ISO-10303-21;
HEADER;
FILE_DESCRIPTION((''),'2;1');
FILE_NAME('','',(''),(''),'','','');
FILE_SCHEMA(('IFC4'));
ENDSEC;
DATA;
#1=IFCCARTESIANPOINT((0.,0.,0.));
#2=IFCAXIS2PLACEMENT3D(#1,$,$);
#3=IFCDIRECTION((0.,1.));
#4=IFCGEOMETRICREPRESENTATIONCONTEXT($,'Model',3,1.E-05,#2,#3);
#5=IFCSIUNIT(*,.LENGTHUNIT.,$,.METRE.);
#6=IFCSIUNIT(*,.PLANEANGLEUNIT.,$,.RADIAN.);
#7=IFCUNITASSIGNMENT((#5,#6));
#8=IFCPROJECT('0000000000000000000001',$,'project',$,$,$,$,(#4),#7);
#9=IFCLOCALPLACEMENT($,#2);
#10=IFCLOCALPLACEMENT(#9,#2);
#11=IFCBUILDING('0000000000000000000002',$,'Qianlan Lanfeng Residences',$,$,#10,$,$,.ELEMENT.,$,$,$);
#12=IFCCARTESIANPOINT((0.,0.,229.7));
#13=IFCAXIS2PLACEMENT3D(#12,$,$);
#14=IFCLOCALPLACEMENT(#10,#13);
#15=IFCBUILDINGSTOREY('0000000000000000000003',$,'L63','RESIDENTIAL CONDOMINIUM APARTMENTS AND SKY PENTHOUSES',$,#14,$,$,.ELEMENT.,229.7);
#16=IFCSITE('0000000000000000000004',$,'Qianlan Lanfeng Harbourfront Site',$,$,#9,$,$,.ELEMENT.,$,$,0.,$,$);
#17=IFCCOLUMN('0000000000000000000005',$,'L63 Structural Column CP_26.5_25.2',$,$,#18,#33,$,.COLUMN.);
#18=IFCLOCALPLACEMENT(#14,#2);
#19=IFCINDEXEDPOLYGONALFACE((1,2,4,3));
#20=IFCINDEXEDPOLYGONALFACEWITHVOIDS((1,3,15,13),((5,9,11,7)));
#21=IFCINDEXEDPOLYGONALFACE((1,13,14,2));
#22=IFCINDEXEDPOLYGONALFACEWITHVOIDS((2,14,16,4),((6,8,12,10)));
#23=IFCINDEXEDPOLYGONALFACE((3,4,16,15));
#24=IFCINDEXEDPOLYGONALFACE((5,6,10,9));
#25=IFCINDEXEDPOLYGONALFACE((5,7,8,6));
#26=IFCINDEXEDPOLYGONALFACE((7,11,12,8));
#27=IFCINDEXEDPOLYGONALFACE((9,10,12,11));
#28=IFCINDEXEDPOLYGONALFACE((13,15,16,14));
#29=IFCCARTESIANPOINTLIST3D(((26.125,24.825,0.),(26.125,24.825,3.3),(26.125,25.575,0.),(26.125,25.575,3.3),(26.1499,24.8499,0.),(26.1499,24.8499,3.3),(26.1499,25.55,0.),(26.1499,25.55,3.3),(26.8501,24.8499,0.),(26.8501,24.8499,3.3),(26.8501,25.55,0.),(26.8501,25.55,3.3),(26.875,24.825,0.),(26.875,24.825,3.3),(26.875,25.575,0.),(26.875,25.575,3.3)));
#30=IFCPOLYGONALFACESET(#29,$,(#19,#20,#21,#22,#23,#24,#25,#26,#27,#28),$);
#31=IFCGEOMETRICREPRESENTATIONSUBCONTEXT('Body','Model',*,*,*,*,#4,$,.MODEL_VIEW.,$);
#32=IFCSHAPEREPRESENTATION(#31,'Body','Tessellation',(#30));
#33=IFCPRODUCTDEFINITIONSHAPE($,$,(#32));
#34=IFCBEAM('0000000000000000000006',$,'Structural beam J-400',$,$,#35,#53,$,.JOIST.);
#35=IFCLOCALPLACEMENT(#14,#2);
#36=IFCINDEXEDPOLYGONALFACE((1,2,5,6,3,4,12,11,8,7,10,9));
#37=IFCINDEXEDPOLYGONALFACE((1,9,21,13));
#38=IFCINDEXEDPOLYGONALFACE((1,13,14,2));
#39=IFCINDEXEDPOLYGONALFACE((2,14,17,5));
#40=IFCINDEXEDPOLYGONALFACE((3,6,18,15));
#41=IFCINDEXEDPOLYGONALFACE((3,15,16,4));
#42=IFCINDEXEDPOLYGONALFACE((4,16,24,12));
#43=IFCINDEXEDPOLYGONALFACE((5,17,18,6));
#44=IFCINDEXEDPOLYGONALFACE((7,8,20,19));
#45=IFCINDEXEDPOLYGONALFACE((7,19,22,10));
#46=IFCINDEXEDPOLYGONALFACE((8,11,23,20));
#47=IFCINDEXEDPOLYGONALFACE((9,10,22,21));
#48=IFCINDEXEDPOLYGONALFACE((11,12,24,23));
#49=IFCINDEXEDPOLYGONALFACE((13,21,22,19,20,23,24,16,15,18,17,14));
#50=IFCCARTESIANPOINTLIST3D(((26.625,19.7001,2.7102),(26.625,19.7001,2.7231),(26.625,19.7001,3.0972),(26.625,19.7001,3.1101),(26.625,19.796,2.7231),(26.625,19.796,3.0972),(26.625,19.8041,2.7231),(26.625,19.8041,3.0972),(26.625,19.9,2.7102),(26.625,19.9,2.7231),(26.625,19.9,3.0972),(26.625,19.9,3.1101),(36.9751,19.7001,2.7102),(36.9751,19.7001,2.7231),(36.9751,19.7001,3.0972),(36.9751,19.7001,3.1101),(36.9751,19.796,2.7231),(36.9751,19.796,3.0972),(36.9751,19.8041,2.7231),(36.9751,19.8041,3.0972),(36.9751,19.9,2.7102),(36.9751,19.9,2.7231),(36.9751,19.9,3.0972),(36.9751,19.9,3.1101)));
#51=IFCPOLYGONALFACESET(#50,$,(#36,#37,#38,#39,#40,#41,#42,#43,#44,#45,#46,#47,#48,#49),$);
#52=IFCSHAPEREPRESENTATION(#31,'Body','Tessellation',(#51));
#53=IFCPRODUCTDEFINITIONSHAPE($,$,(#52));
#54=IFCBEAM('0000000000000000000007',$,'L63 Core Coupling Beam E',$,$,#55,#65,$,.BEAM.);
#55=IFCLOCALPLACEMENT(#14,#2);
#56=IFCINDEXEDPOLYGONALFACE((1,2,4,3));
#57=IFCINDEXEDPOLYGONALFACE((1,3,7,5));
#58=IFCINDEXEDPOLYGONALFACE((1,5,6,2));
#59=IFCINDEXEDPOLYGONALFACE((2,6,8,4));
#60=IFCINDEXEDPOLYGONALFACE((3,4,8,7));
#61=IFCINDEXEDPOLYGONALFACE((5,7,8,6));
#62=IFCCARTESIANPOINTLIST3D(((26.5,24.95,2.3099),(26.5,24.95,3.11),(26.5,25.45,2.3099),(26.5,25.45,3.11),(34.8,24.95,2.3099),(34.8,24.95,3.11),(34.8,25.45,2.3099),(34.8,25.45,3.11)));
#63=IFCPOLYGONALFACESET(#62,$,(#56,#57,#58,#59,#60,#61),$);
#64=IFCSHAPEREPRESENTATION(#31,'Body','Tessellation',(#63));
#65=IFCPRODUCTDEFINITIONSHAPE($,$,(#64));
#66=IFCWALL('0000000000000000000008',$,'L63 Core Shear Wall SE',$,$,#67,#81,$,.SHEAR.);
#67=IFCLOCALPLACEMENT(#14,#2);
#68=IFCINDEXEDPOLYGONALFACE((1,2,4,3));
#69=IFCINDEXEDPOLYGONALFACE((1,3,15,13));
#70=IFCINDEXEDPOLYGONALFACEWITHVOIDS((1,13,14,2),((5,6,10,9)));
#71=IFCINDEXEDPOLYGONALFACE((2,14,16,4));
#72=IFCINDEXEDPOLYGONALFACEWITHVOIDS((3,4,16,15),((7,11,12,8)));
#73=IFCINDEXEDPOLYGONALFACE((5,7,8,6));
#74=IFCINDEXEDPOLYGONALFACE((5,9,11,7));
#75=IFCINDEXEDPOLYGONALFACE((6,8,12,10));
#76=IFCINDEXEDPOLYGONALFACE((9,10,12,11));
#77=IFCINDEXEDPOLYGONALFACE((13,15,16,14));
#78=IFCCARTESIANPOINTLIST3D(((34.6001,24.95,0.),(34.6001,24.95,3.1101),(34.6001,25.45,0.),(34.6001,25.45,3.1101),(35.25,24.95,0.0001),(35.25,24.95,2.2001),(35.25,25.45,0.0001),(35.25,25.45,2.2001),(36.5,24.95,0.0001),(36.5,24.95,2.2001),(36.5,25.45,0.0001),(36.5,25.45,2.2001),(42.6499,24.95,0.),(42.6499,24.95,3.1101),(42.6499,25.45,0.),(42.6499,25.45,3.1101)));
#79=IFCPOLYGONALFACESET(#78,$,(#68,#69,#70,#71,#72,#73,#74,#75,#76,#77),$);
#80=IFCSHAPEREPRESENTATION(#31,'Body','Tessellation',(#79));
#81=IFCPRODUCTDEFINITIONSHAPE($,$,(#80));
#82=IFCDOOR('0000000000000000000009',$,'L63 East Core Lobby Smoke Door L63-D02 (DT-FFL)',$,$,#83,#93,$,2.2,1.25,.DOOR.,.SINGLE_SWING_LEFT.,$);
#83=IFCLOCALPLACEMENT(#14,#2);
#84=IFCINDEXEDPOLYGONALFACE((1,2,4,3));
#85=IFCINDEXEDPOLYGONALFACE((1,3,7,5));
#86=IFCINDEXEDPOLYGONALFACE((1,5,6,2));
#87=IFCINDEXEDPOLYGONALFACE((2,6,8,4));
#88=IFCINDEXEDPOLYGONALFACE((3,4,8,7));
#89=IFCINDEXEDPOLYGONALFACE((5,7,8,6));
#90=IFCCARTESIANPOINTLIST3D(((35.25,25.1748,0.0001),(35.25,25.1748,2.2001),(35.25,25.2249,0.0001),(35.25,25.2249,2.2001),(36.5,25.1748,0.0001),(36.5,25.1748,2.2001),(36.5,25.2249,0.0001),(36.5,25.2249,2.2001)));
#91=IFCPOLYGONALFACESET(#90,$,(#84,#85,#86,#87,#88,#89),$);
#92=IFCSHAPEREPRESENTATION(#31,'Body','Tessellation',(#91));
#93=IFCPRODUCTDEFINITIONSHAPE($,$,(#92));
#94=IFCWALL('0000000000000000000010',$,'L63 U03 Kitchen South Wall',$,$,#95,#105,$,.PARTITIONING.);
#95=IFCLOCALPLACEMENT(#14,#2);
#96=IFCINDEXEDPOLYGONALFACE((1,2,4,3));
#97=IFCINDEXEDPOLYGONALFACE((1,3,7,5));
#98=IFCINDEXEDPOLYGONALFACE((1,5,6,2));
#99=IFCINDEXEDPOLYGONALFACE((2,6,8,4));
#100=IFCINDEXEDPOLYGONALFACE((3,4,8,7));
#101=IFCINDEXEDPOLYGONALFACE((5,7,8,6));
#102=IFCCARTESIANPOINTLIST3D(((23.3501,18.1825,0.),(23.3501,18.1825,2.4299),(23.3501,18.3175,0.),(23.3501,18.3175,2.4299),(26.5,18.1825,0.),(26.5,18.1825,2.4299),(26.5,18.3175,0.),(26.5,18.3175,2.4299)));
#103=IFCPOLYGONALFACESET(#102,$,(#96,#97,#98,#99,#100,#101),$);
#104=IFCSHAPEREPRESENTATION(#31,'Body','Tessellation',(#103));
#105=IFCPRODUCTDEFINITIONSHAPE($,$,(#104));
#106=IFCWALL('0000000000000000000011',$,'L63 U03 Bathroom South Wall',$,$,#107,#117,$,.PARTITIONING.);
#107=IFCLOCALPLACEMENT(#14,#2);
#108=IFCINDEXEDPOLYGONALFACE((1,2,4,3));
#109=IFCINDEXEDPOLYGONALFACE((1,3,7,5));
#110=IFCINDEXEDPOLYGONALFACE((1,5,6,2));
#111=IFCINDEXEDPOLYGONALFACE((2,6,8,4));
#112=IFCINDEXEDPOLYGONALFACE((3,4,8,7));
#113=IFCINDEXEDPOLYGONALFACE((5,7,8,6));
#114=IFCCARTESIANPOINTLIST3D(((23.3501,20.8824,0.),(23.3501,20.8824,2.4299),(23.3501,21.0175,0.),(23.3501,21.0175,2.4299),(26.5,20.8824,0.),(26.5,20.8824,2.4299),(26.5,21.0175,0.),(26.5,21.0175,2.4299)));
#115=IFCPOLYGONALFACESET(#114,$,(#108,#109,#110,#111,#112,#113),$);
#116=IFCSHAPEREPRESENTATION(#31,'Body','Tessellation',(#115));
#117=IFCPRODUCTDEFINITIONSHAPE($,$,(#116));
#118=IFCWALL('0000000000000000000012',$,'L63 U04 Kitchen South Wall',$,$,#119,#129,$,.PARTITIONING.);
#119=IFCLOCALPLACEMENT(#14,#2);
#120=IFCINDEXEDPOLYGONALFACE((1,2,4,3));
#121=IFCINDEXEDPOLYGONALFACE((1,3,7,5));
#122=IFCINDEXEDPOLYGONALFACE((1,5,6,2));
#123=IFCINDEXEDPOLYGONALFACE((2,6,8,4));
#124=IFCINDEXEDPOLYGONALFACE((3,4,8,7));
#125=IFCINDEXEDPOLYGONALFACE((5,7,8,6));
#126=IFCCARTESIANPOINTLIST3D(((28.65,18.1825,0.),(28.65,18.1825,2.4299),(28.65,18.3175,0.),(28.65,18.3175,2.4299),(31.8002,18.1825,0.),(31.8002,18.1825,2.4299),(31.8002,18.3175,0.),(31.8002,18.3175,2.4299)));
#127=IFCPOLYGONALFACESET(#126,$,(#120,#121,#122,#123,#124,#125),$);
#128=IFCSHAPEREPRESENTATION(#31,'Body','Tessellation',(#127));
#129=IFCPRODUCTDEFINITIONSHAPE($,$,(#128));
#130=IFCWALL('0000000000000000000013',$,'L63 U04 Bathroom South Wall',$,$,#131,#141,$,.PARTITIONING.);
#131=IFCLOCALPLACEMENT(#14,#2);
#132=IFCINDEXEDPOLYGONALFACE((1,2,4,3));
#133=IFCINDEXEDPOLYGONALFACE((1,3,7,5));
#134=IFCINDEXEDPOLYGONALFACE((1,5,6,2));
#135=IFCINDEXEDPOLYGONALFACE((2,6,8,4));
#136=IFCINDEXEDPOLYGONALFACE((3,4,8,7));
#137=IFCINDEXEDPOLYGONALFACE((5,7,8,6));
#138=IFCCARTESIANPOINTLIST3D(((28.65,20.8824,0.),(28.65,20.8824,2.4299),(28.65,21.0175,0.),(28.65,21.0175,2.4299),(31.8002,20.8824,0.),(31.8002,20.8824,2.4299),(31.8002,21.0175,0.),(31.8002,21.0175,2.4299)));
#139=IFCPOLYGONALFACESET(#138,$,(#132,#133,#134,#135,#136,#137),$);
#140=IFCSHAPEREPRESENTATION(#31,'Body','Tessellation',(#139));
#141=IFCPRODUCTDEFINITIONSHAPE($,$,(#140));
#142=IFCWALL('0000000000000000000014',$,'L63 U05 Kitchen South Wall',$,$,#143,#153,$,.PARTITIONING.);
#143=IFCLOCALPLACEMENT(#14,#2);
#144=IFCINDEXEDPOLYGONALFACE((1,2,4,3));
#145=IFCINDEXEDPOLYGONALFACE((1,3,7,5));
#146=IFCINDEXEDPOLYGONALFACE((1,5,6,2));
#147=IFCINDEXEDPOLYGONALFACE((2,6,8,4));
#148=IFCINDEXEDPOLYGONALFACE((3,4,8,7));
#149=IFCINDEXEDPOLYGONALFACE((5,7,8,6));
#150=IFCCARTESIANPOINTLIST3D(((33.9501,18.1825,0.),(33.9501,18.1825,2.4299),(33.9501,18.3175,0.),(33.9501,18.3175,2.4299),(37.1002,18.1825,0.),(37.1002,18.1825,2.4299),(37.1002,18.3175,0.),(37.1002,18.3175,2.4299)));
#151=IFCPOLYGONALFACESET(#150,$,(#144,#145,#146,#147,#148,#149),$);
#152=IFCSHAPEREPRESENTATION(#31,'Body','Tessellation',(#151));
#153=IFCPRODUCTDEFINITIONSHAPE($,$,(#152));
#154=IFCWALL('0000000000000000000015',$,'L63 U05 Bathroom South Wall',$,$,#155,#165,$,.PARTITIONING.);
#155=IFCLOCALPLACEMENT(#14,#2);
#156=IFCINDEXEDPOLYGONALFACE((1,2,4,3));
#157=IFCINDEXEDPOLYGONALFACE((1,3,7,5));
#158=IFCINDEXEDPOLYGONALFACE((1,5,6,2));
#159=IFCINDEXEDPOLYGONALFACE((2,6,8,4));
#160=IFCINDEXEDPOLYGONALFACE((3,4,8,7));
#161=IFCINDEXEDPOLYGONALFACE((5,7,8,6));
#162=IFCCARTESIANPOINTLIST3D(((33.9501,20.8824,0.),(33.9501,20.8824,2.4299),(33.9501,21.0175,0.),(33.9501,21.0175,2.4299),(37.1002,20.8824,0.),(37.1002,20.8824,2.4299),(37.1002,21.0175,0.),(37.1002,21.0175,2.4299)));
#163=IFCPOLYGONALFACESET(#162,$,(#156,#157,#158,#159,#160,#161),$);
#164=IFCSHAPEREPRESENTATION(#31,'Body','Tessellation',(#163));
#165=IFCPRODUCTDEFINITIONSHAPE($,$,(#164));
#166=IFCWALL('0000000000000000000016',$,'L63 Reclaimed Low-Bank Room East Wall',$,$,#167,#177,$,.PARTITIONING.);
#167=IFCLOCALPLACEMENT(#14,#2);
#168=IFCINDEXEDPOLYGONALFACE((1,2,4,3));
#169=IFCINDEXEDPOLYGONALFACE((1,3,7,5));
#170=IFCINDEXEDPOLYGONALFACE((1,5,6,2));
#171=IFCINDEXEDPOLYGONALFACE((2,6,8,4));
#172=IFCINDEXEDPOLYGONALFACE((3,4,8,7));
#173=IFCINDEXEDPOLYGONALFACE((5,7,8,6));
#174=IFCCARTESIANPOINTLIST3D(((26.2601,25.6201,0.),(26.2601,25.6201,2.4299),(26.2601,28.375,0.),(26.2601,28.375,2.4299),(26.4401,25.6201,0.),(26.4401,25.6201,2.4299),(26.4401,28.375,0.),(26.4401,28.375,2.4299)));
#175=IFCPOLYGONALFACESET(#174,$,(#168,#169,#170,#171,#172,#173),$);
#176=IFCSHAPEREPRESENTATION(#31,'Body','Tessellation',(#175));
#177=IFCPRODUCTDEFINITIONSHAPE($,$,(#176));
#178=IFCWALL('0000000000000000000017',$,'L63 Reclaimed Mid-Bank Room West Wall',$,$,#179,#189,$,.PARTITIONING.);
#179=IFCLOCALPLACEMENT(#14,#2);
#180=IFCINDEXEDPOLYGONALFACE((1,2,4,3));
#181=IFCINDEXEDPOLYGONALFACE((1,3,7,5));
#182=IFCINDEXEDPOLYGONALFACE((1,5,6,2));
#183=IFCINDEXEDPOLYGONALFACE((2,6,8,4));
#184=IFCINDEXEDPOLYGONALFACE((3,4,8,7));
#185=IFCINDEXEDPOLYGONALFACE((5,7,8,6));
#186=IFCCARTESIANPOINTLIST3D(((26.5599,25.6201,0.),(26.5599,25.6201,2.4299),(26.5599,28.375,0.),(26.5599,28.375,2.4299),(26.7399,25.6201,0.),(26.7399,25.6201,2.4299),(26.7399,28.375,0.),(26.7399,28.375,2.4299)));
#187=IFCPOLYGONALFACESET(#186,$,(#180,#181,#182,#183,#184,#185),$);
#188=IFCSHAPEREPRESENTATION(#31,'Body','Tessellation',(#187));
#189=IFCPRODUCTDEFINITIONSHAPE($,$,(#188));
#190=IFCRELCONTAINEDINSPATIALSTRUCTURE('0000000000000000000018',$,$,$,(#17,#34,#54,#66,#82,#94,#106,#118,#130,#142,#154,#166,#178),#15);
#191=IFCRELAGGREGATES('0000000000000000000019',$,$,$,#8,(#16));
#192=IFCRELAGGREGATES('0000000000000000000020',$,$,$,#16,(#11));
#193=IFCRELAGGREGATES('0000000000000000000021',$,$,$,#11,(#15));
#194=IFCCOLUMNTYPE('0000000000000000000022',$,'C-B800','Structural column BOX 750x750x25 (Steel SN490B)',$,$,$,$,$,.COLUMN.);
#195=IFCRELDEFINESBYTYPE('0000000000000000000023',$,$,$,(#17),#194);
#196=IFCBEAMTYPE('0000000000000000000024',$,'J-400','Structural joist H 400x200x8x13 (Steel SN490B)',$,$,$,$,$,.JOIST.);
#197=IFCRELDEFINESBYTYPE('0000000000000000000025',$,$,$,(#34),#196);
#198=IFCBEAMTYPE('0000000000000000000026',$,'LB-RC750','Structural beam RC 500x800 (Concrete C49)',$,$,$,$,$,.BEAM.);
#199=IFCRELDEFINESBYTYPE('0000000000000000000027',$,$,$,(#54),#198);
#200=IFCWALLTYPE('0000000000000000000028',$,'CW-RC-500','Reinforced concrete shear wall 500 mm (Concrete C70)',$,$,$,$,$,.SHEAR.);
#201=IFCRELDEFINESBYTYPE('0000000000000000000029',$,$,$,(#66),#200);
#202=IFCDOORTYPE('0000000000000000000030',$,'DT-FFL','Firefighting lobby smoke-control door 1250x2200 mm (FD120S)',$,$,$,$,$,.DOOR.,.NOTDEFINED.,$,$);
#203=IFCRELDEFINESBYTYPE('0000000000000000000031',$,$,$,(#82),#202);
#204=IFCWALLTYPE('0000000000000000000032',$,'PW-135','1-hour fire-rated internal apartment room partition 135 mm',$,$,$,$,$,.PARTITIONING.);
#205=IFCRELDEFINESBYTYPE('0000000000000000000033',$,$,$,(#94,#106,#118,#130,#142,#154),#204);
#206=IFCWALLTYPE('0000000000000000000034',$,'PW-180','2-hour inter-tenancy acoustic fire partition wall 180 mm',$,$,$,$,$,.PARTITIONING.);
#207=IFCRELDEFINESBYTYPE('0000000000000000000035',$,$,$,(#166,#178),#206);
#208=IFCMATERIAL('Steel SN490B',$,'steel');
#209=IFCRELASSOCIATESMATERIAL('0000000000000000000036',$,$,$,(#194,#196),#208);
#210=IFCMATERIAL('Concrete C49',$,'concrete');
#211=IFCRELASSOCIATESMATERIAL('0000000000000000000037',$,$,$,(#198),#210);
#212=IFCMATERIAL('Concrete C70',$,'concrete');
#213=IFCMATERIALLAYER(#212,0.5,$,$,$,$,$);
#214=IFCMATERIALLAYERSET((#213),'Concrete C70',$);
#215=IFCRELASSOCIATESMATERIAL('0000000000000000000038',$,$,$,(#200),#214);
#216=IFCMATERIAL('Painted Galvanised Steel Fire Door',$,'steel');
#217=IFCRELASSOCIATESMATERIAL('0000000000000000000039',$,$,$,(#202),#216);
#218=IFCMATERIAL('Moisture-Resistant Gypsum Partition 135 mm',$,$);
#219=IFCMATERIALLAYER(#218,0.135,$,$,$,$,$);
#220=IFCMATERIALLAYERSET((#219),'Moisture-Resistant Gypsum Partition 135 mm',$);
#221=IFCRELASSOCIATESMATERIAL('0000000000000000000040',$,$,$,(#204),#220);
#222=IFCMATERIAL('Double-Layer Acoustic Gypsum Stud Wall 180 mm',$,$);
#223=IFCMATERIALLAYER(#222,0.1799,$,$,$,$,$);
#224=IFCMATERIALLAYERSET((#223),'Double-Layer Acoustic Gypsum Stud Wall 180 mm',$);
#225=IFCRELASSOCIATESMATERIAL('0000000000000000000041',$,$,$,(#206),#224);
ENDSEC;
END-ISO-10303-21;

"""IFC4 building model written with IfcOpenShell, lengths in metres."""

from ifc_helpers import new_model, si_unit, direction, frame, frame_2d, origin, origin_2d, place, context, subcontext, project, spatial, rectangle, hollow_rectangle, i_section, extrude, material, layer, layer_set, material_profile, profile_set, type_object, element, fill, save


model = new_model("IFC4")

# Units and contexts
model_context = context("Model", 3, precision=1e-05, world=origin(), true_north=direction((0.0, 1.0)))
body_context = subcontext(model_context, "Body", "Model", "MODEL_VIEW")
ifc_project = project(units=[si_unit("LENGTHUNIT", "METRE"), si_unit("PLANEANGLEUNIT", "RADIAN")], contexts=[model_context])

# Site, building, storey
site_placement = place(None, origin())
site = spatial("IfcSite", under=ifc_project, at=site_placement, Name="Qianlan Lanfeng Harbourfront Site", CompositionType="ELEMENT", RefElevation=0.0)
building_placement = place(site_placement, origin())
building = spatial("IfcBuilding", under=site, at=building_placement, Name="Qianlan Lanfeng Residences", CompositionType="ELEMENT")
storey_placement = place(building_placement, frame((0.0, 0.0, 229.7)))
storey = spatial("IfcBuildingStorey", under=building, at=storey_placement, Name="L63", Description="RESIDENTIAL CONDOMINIUM APARTMENTS AND SKY PENTHOUSES", CompositionType="ELEMENT", Elevation=229.7)

# Column
ifc_material_1 = material(Name="Steel SN490B", Category="steel")
ifc_material_profile_1 = material_profile(ifc_material_1, hollow_rectangle(XDim=0.75, YDim=0.75, WallThickness=0.0249, at=origin_2d()), Name="BOX 750x750x25")
ifc_profile_set_1 = profile_set([ifc_material_profile_1], Name="Steel SN490B")
column_type = type_object("IfcColumnType", Name="C-B800", Description="Structural column BOX 750x750x25 (Steel SN490B)", PredefinedType="COLUMN", material=ifc_profile_set_1)
column_placement = place(storey_placement, frame((26.5, 25.2, 0.0), z_axis=(0.0, 0.0, 1.0), x_axis=(1.0, 0.0, 0.0)))
element("IfcColumn", 1, at=column_placement, inside=storey, type_object=column_type, Name="L63 Structural Column CP_26.5_25.2", PredefinedType="COLUMN", context=body_context, shape_type="SweptSolid", body=[
    extrude(hollow_rectangle(XDim=0.75, YDim=0.75, WallThickness=0.0249, at=origin_2d()), origin(), (0.0, 0.0, 1.0), 3.3),
])

# Beams
ifc_material_profile_2 = material_profile(ifc_material_1, i_section(OverallWidth=0.2, OverallDepth=0.3999, WebThickness=0.0081, FlangeThickness=0.0129, at=origin_2d()), Name="H 400x200x8x13")
ifc_profile_set_2 = profile_set([ifc_material_profile_2], Name="Steel SN490B")
beam_type_1 = type_object("IfcBeamType", Name="J-400", Description="Structural joist H 400x200x8x13 (Steel SN490B)", PredefinedType="JOIST", material=ifc_profile_set_2)
beam_1_placement = place(storey_placement, frame((26.625, 19.8, 2.9102), z_axis=(1.0, 0.0, 0.0), x_axis=(0.0, 1.0, 0.0)))
element("IfcBeam", 2, at=beam_1_placement, inside=storey, type_object=beam_type_1, Name="Structural beam J-400", PredefinedType="JOIST", context=body_context, shape_type="SweptSolid", body=[
    extrude(i_section(OverallWidth=0.2, OverallDepth=0.3999, WebThickness=0.0081, FlangeThickness=0.0129, at=origin_2d()), origin(), (0.0, 0.0, 1.0), 10.3501),
])
ifc_material_2 = material(Name="Concrete C49", Category="concrete")
ifc_material_profile_3 = material_profile(ifc_material_2, rectangle(XDim=0.5, YDim=0.8, at=origin_2d()), Name="RC 500x800")
ifc_profile_set_3 = profile_set([ifc_material_profile_3], Name="Concrete C49")
beam_type_2 = type_object("IfcBeamType", Name="LB-RC750", Description="Structural beam RC 500x800 (Concrete C49)", PredefinedType="BEAM", material=ifc_profile_set_3)
beam_2_placement = place(storey_placement, frame((26.5, 25.2, 2.71), z_axis=(1.0, 0.0, 0.0), x_axis=(0.0, 1.0, 0.0)))
element("IfcBeam", 3, at=beam_2_placement, inside=storey, type_object=beam_type_2, Name="L63 Core Coupling Beam E", PredefinedType="BEAM", context=body_context, shape_type="SweptSolid", body=[
    extrude(rectangle(XDim=0.5, YDim=0.8, at=origin_2d()), origin(), (0.0, 0.0, 1.0), 8.3),
])

# Wall, opening, door
ifc_material_3 = material(Name="Concrete C70", Category="concrete")
ifc_layer_1 = layer(ifc_material_3, 0.5)
ifc_layer_set_1 = layer_set([ifc_layer_1], Name="Concrete C70")
wall_type_1 = type_object("IfcWallType", Name="CW-RC-500", Description="Reinforced concrete shear wall 500 mm (Concrete C70)", PredefinedType="SHEAR", material=ifc_layer_set_1)
wall_1_placement = place(storey_placement, frame((34.6001, 25.2, 0.0), z_axis=(0.0, 0.0, 1.0), x_axis=(1.0, 0.0, 0.0)))
wall_1 = element("IfcWall", 4, at=wall_1_placement, inside=storey, type_object=wall_type_1, Name="L63 Core Shear Wall SE", PredefinedType="SHEAR", context=body_context, shape_type="SweptSolid", body=[
    extrude(rectangle(XDim=8.0498, YDim=0.5, at=frame_2d((4.0249, 0.0))), origin(), (0.0, 0.0, 1.0), 3.1101),
])
opening_1_placement = place(wall_1_placement, frame((0.6499, 0.0, 0.0)))
opening_1 = element("IfcOpeningElement", 5, at=opening_1_placement, cuts=wall_1, PredefinedType="OPENING", context=body_context, shape_type="SweptSolid", body=[
    extrude(rectangle(XDim=1.25, YDim=2.2, at=frame_2d((0.625, 1.1001))), frame((0.0, 0.26, 0.0), z_axis=(0.0, -1.0, 0.0), x_axis=(1.0, 0.0, 0.0)), (0.0, 0.0, 1.0), 0.52),
])
ifc_material_4 = material(Name="Painted Galvanised Steel Fire Door", Category="steel")
door_type_1 = type_object("IfcDoorType", Name="DT-FFL", Description="Firefighting lobby smoke-control door 1250x2200 mm (FD120S)", OperationType="NOTDEFINED", PredefinedType="DOOR", material=ifc_material_4)
door_1_placement = place(opening_1_placement, origin())
door_1 = element("IfcDoor", 6, at=door_1_placement, inside=storey, type_object=door_type_1, Name="L63 East Core Lobby Smoke Door L63-D02 (DT-FFL)", OperationType="SINGLE_SWING_LEFT", OverallHeight=2.2, OverallWidth=1.25, PredefinedType="DOOR", context=body_context, shape_type="SweptSolid", body=[
    extrude(rectangle(XDim=1.25, YDim=2.2, at=frame_2d((0.625, 1.1001))), frame((0.0, 0.0249, 0.0), z_axis=(0.0, -1.0, 0.0), x_axis=(1.0, 0.0, 0.0)), (0.0, 0.0, 1.0), 0.05),
])
fill(opening_1, door_1)

# Walls
ifc_material_5 = material(Name="Moisture-Resistant Gypsum Partition 135 mm")
ifc_layer_2 = layer(ifc_material_5, 0.135)
ifc_layer_set_2 = layer_set([ifc_layer_2], Name="Moisture-Resistant Gypsum Partition 135 mm")
wall_type_2 = type_object("IfcWallType", Name="PW-135", Description="1-hour fire-rated internal apartment room partition 135 mm", PredefinedType="PARTITIONING", material=ifc_layer_set_2)
for number, where, z_axis, x_axis, name in (
    (7, (23.3501, 18.25, 0.0), (0.0, 0.0, 1.0), (1.0, 0.0, 0.0), "L63 U03 Kitchen South Wall"),
    (8, (23.3501, 20.95, 0.0), (0.0, 0.0, 1.0), (1.0, 0.0, 0.0), "L63 U03 Bathroom South Wall"),
):
    element("IfcWall", number, at=place(storey_placement, frame(where, z_axis=z_axis, x_axis=x_axis)), inside=storey, type_object=wall_type_2, Name=name, PredefinedType="PARTITIONING", context=body_context, shape_type="SweptSolid", body=[
        extrude(rectangle(XDim=3.1499, YDim=0.135, at=frame_2d((1.575, 0.0))), origin(), (0.0, 0.0, 1.0), 2.4299),
    ])
for number, where, z_axis, x_axis, name in (
    (9, (28.6499, 18.25, 0.0), (0.0, 0.0, 1.0), (1.0, 0.0, 0.0), "L63 U04 Kitchen South Wall"),
    (10, (28.6499, 20.95, 0.0), (0.0, 0.0, 1.0), (1.0, 0.0, 0.0), "L63 U04 Bathroom South Wall"),
):
    element("IfcWall", number, at=place(storey_placement, frame(where, z_axis=z_axis, x_axis=x_axis)), inside=storey, type_object=wall_type_2, Name=name, PredefinedType="PARTITIONING", context=body_context, shape_type="SweptSolid", body=[
        extrude(rectangle(XDim=3.1501, YDim=0.135, at=frame_2d((1.5752, 0.0))), origin(), (0.0, 0.0, 1.0), 2.4299),
    ])

# Walls
for number, where, z_axis, x_axis, name in (
    (11, (33.95, 18.25, 0.0), (0.0, 0.0, 1.0), (1.0, 0.0, 0.0), "L63 U05 Kitchen South Wall"),
    (12, (33.95, 20.95, 0.0), (0.0, 0.0, 1.0), (1.0, 0.0, 0.0), "L63 U05 Bathroom South Wall"),
):
    element("IfcWall", number, at=place(storey_placement, frame(where, z_axis=z_axis, x_axis=x_axis)), inside=storey, type_object=wall_type_2, Name=name, PredefinedType="PARTITIONING", context=body_context, shape_type="SweptSolid", body=[
        extrude(rectangle(XDim=3.1501, YDim=0.135, at=frame_2d((1.5752, 0.0))), origin(), (0.0, 0.0, 1.0), 2.4299),
    ])

# Shared definitions
ifc_material_6 = material(Name="Double-Layer Acoustic Gypsum Stud Wall 180 mm")
ifc_layer_3 = layer(ifc_material_6, 0.1799)
ifc_layer_set_3 = layer_set([ifc_layer_3], Name="Double-Layer Acoustic Gypsum Stud Wall 180 mm")
wall_type_3 = type_object("IfcWallType", Name="PW-180", Description="2-hour inter-tenancy acoustic fire partition wall 180 mm", PredefinedType="PARTITIONING", material=ifc_layer_set_3)

# Walls
for number, where, z_axis, x_axis, name in (
    (13, (26.3501, 25.6201, 0.0), (0.0, 0.0, 1.0), (0.0, 1.0, 0.0), "L63 Reclaimed Low-Bank Room East Wall"),
    (14, (26.6499, 25.6201, 0.0), (0.0, 0.0, 1.0), (0.0, 1.0, 0.0), "L63 Reclaimed Mid-Bank Room West Wall"),
):
    element("IfcWall", number, at=place(storey_placement, frame(where, z_axis=z_axis, x_axis=x_axis)), inside=storey, type_object=wall_type_3, Name=name, PredefinedType="PARTITIONING", context=body_context, shape_type="SweptSolid", body=[
        extrude(rectangle(XDim=2.7549, YDim=0.1799, at=frame_2d((1.3774, 0.0))), origin(), (0.0, 0.0, 1.0), 2.4299),
    ])

save(model, "model.ifc")
